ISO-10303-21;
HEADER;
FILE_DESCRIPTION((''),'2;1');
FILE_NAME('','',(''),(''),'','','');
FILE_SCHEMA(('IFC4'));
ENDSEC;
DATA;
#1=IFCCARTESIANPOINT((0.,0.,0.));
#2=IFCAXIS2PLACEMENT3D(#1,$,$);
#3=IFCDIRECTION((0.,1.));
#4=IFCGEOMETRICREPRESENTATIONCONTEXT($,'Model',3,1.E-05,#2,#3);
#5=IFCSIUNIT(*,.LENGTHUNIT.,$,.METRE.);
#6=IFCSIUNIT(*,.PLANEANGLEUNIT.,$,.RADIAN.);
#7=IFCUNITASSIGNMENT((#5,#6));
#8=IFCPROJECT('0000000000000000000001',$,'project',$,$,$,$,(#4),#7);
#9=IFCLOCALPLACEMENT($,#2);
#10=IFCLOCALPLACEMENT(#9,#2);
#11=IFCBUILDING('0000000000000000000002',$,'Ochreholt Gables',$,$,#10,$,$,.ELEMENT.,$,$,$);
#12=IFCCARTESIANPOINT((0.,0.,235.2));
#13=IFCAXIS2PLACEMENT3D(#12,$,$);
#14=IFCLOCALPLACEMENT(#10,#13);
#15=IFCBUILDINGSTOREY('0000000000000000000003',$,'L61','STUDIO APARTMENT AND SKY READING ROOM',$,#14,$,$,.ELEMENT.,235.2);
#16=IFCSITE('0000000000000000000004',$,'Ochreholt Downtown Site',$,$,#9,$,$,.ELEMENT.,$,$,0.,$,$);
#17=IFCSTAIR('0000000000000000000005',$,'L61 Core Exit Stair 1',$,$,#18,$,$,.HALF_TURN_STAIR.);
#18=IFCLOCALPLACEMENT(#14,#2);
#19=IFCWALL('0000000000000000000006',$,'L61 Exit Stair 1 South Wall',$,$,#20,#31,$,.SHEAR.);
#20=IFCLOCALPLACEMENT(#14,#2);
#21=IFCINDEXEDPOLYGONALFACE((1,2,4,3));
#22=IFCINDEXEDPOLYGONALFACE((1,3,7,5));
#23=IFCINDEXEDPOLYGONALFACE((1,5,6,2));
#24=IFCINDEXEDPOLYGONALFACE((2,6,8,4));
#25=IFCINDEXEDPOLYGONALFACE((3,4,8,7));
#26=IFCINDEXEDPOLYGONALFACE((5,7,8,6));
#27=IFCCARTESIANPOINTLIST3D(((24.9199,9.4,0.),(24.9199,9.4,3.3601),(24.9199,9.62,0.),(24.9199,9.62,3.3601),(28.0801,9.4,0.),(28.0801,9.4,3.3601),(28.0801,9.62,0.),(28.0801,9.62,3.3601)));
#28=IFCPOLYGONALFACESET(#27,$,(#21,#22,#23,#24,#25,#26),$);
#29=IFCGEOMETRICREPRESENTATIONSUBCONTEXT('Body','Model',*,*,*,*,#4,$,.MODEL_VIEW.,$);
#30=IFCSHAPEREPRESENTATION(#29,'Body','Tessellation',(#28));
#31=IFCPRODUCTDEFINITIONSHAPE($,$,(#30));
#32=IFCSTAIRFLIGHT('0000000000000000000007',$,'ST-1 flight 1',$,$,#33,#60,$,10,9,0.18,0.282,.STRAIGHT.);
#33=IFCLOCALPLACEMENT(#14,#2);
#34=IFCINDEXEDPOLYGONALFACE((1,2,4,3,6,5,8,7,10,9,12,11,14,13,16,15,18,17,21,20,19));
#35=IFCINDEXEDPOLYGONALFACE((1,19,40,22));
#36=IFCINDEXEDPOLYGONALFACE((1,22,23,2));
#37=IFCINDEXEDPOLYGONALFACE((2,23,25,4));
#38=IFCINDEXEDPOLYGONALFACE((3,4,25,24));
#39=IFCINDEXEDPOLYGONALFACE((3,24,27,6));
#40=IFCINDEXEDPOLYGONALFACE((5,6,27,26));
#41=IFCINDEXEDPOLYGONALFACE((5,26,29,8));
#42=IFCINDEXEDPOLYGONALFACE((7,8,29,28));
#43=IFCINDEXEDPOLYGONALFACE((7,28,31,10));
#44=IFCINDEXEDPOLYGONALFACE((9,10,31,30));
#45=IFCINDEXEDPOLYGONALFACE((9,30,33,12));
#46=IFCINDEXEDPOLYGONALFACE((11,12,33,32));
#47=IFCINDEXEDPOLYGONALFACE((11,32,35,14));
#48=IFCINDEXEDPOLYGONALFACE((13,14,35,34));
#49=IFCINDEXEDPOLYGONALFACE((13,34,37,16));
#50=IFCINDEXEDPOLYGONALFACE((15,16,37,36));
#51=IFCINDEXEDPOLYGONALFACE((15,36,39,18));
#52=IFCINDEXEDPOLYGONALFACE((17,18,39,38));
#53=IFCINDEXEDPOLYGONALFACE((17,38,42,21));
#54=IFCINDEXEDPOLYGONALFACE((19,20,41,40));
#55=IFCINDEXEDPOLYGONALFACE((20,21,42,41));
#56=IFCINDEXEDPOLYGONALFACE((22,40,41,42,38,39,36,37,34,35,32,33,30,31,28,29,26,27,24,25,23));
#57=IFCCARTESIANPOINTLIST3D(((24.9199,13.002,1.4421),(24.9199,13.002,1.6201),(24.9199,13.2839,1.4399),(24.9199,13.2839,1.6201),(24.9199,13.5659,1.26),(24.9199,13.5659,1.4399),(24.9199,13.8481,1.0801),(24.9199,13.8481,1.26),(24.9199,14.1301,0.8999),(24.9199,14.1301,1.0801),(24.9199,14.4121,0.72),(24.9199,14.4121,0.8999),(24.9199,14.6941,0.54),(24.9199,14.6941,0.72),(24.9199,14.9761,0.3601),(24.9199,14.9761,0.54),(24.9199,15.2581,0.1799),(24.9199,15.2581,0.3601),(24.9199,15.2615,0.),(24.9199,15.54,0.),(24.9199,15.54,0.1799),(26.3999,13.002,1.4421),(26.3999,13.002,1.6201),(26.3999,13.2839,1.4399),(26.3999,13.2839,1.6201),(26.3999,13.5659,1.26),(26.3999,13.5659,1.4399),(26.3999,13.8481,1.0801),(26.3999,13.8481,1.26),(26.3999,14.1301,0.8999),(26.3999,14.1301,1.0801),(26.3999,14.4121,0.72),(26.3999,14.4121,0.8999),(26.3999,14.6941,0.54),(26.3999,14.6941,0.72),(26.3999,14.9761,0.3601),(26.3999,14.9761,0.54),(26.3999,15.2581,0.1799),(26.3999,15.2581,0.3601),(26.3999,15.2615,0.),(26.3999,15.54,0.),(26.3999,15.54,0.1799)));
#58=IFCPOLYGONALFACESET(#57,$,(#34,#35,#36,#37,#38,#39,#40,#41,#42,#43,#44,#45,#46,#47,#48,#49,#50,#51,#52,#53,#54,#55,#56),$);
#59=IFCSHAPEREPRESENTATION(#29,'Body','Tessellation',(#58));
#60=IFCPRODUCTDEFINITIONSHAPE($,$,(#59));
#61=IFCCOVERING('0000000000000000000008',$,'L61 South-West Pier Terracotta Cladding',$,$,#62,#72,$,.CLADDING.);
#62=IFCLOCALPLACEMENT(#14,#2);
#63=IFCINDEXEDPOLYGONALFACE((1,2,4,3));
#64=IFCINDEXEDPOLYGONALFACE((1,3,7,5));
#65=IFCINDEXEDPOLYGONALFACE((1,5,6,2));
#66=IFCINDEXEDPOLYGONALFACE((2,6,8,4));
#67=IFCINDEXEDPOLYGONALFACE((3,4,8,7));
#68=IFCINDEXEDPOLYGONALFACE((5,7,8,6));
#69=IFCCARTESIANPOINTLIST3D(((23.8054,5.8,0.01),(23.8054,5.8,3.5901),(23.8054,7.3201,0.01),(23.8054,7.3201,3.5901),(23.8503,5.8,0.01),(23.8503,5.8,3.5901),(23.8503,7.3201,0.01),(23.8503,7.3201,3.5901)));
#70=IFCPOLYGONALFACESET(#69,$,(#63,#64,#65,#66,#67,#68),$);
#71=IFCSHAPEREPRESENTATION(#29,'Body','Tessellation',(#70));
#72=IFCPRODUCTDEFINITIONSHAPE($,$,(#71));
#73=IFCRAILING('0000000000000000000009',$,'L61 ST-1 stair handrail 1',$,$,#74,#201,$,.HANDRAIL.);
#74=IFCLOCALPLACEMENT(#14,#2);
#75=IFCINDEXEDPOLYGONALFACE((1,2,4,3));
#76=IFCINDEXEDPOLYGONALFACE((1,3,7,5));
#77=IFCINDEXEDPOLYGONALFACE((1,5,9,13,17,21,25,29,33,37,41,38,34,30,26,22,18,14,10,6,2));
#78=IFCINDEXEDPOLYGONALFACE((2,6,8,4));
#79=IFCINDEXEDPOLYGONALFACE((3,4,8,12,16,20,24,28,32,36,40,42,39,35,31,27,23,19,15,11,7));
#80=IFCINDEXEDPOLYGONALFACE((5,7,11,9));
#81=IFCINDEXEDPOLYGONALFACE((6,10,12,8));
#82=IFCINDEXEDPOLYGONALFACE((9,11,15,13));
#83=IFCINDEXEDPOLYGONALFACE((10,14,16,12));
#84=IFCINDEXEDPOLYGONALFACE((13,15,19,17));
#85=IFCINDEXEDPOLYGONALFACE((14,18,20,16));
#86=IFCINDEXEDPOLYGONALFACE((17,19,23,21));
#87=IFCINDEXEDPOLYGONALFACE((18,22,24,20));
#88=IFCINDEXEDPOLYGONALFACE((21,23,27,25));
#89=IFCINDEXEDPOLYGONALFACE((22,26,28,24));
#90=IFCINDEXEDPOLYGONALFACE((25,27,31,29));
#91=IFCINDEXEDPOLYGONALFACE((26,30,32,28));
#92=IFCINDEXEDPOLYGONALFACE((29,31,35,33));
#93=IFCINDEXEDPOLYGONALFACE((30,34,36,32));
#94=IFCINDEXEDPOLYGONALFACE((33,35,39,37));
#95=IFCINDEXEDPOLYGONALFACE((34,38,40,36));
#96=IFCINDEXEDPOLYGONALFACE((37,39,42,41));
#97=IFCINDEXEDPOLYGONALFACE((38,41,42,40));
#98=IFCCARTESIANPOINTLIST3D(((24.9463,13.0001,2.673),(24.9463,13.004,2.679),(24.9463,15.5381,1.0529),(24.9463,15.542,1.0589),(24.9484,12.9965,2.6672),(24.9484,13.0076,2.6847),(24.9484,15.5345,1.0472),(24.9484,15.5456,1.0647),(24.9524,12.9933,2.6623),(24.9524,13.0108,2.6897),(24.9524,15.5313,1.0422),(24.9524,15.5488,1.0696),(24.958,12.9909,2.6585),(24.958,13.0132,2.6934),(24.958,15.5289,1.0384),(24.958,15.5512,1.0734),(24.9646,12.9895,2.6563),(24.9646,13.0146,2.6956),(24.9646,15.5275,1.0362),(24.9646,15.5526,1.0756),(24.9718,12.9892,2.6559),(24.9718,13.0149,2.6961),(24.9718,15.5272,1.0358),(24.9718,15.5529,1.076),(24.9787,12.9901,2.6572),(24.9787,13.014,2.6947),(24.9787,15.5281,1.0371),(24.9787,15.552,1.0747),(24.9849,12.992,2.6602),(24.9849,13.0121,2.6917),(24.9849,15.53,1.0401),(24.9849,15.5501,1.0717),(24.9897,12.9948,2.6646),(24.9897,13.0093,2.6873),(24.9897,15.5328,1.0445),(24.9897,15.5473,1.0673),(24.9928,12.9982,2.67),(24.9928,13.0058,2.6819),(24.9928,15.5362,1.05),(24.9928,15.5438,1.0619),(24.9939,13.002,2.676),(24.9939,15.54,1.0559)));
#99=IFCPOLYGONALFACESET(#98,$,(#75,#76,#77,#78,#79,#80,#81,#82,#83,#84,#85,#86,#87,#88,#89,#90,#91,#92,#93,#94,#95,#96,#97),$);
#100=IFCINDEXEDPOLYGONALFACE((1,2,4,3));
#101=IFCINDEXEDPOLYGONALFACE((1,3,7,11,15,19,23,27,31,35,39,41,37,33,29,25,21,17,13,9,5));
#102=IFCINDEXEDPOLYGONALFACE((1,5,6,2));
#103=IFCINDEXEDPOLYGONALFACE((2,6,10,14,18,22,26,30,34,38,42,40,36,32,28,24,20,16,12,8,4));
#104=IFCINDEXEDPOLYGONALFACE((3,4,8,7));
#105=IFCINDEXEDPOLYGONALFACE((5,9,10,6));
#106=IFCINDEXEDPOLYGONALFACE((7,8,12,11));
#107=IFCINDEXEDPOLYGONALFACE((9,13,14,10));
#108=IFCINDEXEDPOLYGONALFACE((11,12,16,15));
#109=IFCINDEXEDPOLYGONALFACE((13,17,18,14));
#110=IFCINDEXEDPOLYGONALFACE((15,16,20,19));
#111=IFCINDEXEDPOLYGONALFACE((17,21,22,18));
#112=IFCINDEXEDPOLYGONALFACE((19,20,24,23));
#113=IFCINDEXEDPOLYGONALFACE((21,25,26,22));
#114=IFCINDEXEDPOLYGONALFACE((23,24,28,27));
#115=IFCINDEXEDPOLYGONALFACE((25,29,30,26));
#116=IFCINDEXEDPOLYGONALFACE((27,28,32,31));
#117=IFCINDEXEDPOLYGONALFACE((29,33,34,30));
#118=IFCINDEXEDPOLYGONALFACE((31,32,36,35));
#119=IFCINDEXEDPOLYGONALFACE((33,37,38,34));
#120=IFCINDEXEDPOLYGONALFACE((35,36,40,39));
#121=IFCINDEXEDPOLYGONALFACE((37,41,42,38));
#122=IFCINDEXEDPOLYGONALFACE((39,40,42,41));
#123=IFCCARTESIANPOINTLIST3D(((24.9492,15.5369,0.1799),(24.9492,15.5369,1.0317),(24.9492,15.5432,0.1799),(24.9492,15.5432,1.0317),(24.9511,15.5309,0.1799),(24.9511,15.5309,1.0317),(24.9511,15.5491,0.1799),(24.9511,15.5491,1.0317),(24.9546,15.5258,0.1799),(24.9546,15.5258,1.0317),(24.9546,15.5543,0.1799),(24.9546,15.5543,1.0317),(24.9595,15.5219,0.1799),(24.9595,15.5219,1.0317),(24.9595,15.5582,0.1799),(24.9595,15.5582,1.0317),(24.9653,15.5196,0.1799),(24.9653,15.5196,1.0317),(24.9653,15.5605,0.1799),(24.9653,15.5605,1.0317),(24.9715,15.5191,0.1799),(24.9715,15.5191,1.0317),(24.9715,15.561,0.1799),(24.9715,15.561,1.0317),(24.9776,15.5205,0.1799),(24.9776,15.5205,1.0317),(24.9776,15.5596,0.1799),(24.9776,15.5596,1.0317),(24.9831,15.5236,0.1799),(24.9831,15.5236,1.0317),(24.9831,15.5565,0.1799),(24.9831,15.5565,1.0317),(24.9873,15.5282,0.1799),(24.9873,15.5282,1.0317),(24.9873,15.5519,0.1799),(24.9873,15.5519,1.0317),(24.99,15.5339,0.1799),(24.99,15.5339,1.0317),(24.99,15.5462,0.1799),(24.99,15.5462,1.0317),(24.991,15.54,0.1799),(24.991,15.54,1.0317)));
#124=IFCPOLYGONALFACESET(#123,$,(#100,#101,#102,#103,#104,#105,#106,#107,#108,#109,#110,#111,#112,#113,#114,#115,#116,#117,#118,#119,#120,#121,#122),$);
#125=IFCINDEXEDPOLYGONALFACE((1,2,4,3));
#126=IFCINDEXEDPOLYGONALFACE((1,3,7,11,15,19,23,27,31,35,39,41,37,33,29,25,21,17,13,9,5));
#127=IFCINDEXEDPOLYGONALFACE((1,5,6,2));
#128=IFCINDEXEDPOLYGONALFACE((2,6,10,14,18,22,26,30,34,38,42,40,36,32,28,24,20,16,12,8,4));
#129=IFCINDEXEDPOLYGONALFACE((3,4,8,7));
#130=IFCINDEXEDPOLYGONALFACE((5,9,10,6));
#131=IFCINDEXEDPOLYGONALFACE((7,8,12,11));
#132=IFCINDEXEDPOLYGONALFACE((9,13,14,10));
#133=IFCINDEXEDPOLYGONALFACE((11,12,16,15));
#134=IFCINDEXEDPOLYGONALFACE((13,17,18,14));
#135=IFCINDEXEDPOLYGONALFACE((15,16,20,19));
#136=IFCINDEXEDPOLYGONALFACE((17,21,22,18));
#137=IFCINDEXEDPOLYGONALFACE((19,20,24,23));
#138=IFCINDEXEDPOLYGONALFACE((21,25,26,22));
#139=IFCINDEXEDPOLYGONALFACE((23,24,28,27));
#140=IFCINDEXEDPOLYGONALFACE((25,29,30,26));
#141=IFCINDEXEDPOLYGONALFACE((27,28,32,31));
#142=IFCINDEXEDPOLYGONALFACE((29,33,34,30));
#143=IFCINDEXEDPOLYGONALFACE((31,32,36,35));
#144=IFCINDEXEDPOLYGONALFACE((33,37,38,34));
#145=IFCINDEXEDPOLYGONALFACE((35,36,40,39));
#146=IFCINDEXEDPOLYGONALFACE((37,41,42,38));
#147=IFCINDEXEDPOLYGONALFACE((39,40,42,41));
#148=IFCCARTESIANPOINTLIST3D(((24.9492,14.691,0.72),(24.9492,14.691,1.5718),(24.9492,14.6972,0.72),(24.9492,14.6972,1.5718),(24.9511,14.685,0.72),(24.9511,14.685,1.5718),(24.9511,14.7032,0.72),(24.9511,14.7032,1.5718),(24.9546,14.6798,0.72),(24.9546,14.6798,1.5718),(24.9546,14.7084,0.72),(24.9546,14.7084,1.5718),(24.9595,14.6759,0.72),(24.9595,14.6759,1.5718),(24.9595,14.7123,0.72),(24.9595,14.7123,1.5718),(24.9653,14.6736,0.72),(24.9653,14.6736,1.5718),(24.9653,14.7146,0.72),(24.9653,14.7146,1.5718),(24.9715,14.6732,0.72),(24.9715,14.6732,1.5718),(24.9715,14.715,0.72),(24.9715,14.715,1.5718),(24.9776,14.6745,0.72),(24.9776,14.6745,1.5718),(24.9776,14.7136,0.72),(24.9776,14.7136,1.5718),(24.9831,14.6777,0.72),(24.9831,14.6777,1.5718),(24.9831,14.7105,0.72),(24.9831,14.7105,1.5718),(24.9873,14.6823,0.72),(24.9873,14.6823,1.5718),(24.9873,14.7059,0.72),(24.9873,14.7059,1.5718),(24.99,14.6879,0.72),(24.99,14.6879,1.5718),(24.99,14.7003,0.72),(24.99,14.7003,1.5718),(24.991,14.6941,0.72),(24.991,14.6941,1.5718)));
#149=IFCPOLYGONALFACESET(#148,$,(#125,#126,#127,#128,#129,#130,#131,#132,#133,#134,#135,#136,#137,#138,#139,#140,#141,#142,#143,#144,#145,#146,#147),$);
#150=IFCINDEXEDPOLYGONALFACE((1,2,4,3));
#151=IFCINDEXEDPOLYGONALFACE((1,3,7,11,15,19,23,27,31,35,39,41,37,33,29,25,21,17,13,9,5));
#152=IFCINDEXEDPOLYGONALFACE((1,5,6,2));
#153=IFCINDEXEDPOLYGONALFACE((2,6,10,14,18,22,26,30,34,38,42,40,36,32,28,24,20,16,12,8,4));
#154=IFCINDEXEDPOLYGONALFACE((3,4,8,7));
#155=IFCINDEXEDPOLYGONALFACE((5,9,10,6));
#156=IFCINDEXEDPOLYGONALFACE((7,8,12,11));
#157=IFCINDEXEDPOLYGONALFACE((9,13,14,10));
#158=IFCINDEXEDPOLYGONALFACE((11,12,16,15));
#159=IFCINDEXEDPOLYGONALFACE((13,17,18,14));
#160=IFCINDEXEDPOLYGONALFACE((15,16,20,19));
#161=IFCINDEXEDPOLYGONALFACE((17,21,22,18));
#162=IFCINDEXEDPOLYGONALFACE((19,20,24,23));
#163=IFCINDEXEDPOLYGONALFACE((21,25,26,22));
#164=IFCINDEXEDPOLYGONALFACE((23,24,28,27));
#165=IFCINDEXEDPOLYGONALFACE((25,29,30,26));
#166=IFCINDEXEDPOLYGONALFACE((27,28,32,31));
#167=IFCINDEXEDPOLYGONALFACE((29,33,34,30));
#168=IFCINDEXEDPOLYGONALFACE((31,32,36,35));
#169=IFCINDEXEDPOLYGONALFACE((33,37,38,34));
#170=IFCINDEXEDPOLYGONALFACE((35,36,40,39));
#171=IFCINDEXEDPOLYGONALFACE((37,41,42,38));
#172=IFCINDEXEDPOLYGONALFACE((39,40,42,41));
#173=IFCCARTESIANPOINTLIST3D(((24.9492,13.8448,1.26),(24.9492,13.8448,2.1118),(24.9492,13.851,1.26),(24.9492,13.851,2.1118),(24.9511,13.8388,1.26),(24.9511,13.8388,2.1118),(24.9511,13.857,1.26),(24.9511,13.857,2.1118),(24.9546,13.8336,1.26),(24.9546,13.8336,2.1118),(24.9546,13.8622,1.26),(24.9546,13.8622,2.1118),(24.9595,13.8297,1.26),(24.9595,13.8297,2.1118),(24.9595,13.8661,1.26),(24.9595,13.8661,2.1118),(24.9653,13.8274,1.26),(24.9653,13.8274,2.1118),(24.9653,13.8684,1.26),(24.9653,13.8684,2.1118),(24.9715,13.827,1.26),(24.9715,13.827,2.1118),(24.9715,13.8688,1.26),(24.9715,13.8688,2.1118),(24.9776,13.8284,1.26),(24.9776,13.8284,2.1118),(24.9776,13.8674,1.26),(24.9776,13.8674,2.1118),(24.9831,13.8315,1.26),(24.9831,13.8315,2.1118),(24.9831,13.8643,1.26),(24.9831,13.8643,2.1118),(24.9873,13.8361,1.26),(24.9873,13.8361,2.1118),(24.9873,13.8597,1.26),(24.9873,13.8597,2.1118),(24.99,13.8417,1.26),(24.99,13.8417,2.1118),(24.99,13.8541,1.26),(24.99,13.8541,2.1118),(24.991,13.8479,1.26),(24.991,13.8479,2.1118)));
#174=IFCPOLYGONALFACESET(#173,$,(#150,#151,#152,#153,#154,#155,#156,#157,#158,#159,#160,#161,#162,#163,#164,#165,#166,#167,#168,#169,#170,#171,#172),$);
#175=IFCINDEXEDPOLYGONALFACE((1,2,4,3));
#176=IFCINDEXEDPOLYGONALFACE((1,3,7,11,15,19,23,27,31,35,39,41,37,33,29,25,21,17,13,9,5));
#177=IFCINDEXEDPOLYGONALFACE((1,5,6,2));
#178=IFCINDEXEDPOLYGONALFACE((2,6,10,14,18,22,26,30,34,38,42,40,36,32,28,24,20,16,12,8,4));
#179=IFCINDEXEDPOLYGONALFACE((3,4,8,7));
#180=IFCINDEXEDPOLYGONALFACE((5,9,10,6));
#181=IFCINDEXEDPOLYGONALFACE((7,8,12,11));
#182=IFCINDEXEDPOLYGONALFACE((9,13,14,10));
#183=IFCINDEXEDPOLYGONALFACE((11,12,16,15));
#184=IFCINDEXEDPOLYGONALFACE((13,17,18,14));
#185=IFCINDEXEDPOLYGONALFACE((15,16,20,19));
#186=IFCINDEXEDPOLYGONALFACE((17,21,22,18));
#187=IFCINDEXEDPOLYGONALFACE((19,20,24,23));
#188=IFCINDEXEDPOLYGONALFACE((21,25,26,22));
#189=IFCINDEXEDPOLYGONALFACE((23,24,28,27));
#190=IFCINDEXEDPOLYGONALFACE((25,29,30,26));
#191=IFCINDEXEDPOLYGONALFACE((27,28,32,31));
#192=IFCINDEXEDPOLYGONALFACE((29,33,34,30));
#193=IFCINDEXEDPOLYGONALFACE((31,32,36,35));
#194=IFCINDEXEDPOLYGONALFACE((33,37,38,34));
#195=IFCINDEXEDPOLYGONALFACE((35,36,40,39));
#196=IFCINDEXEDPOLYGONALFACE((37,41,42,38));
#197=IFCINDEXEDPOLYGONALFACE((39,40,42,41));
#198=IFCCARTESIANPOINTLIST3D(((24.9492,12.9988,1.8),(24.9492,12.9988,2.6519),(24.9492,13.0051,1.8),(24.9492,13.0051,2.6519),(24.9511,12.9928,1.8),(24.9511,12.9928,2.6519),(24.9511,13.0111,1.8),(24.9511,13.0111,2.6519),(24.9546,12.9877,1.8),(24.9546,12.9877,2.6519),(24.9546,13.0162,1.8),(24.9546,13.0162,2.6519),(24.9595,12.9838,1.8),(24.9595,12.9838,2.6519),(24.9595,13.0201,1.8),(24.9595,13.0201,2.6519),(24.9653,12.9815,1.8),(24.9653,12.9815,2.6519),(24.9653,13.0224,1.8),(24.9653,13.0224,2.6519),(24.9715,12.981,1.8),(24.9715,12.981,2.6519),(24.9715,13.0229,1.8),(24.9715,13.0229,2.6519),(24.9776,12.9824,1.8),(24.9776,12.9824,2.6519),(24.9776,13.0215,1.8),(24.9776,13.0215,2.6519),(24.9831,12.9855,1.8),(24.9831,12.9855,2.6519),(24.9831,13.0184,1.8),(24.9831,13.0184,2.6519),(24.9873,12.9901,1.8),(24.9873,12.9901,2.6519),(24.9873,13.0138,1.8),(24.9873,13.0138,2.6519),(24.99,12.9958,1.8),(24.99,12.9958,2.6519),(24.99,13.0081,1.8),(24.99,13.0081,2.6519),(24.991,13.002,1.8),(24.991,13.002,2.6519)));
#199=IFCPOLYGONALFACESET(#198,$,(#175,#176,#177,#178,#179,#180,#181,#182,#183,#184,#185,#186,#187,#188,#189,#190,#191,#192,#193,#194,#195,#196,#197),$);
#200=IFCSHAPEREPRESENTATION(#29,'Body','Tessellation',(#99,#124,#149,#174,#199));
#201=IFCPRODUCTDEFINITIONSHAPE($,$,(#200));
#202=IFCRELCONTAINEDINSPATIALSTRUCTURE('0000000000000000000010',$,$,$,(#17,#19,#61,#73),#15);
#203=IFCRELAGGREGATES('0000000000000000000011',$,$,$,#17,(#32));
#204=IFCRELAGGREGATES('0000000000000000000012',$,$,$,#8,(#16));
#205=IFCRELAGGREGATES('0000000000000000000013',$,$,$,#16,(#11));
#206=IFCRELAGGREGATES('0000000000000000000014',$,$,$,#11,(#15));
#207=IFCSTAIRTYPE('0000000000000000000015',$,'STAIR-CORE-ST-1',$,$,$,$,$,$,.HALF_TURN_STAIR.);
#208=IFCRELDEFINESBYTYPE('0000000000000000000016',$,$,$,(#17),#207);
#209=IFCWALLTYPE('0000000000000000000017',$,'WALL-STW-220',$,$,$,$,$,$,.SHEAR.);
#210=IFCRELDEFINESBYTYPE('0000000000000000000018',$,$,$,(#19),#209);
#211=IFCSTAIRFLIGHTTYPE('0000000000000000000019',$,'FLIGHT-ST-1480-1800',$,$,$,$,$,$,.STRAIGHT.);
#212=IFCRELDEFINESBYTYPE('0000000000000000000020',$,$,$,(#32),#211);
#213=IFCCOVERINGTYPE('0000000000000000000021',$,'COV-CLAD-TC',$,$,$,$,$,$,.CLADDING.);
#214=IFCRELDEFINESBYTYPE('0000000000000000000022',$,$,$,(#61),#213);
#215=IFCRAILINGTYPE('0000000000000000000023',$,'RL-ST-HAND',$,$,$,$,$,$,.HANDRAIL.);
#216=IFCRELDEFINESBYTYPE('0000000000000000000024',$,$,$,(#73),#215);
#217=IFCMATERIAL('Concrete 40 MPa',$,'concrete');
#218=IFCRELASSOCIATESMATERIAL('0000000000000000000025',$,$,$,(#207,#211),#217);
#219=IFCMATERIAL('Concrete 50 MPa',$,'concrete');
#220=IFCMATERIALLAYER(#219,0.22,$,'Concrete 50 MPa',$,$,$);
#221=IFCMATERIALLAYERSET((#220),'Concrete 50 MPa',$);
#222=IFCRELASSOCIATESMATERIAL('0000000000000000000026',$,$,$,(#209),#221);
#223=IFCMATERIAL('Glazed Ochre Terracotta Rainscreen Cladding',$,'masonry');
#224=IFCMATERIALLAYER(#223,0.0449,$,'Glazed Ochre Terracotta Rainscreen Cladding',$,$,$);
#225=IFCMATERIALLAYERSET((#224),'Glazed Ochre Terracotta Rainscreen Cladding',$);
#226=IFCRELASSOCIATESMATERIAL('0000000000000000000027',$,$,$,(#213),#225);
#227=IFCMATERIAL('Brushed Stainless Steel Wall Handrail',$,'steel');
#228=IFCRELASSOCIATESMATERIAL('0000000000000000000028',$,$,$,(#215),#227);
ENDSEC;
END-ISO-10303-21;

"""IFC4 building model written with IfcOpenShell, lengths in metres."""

from ifc_helpers import new_model, si_unit, direction, frame, frame_2d, origin, origin_2d, place, context, subcontext, project, spatial, polyline, rectangle, circle, outline, extrude, material, layer, layer_set, type_object, element, aggregate, save


model = new_model("IFC4")

# Units and contexts
model_context = context("Model", 3, precision=1e-05, world=origin(), true_north=direction((0.0, 1.0)))
body_context = subcontext(model_context, "Body", "Model", "MODEL_VIEW")
ifc_project = project(units=[si_unit("LENGTHUNIT", "METRE"), si_unit("PLANEANGLEUNIT", "RADIAN")], contexts=[model_context])

# Site, building, storey
site_placement = place(None, origin())
site = spatial("IfcSite", under=ifc_project, at=site_placement, Name="Ochreholt Downtown Site", CompositionType="ELEMENT", RefElevation=0.0)
building_placement = place(site_placement, origin())
building = spatial("IfcBuilding", under=site, at=building_placement, Name="Ochreholt Gables", CompositionType="ELEMENT")
storey_placement = place(building_placement, frame((0.0, 0.0, 235.2)))
storey = spatial("IfcBuildingStorey", under=building, at=storey_placement, Name="L61", Description="STUDIO APARTMENT AND SKY READING ROOM", CompositionType="ELEMENT", Elevation=235.2)

# Shared definitions
ifc_material_1 = material(Name="Concrete 50 MPa", Category="concrete")

# Stair
ifc_material_2 = material(Name="Concrete 40 MPa", Category="concrete")
stair_type_1 = type_object("IfcStairType", Name="STAIR-CORE-ST-1", PredefinedType="HALF_TURN_STAIR", material=ifc_material_2)
stair_1_placement = place(storey_placement, origin())
stair_1 = element("IfcStair", 1, at=stair_1_placement, inside=storey, type_object=stair_type_1, Name="L61 Core Exit Stair 1", PredefinedType="HALF_TURN_STAIR")

# Wall
ifc_layer_1 = layer(ifc_material_1, 0.22, Name="Concrete 50 MPa")
ifc_layer_set_1 = layer_set([ifc_layer_1], Name="Concrete 50 MPa")
wall_type_1 = type_object("IfcWallType", Name="WALL-STW-220", PredefinedType="SHEAR", material=ifc_layer_set_1)
wall_1_placement = place(storey_placement, frame((24.9199, 9.51, 0.0), z_axis=(0.0, 0.0, 1.0), x_axis=(1.0, 0.0, 0.0)))
element("IfcWall", 2, at=wall_1_placement, inside=storey, type_object=wall_type_1, Name="L61 Exit Stair 1 South Wall", PredefinedType="SHEAR", context=body_context, shape_type="SweptSolid", body=[
    extrude(rectangle(XDim=3.1602, YDim=0.22, at=frame_2d((1.5801, 0.0))), origin(), (0.0, 0.0, 1.0), 3.3601),
])

# Stair flight
stair_flight_type = type_object("IfcStairFlightType", Name="FLIGHT-ST-1480-1800", PredefinedType="STRAIGHT", material=ifc_material_2)
stair_flight_placement = place(storey_placement, frame((25.6599, 15.54, 0.0), z_axis=(0.0, 0.0, 1.0), x_axis=(0.0, -1.0, 0.0)))
stair_flight = element("IfcStairFlight", 3, at=stair_flight_placement, type_object=stair_flight_type, Name="ST-1 flight 1", NumberOfRisers=10, NumberOfTreads=9, PredefinedType="STRAIGHT", RiserHeight=0.18, TreadLength=0.282, context=body_context, shape_type="SweptSolid", body=[
    extrude(outline(polyline([(0.0, 0.0), (0.0, 0.1799), (0.282, 0.1799), (0.282, 0.3601), (0.564, 0.3601), (0.564, 0.54), (0.8459, 0.54), (0.8459, 0.72), (1.1279, 0.72), (1.1279, 0.8999), (1.4099, 0.8999), (1.4099, 1.0801), (1.6919, 1.0801), (1.6919, 1.26), (1.9741, 1.26), (1.9741, 1.4399), (2.2561, 1.4399), (2.2561, 1.6201), (2.5381, 1.6201), (2.5381, 1.8), (2.5381, 1.4421), (0.2786, 0.0), (0.0, 0.0)])), frame((0.0, 0.74, 0.0), z_axis=(0.0, -1.0, 0.0), x_axis=(1.0, 0.0, 0.0)), (0.0, 0.0, 1.0), 1.48),
])
aggregate(stair_1, [stair_flight])

# Covering
ifc_material_3 = material(Name="Glazed Ochre Terracotta Rainscreen Cladding", Category="masonry")
ifc_layer_2 = layer(ifc_material_3, 0.0449, Name="Glazed Ochre Terracotta Rainscreen Cladding")
ifc_layer_set_2 = layer_set([ifc_layer_2], Name="Glazed Ochre Terracotta Rainscreen Cladding")
covering_type = type_object("IfcCoveringType", Name="COV-CLAD-TC", PredefinedType="CLADDING", material=ifc_layer_set_2)
covering_placement = place(storey_placement, frame((23.8279, 6.5601, 0.01), z_axis=(0.0, 0.0, 1.0), x_axis=(0.0, 1.0, 0.0)))
element("IfcCovering", 4, at=covering_placement, inside=storey, type_object=covering_type, Name="L61 South-West Pier Terracotta Cladding", PredefinedType="CLADDING", context=body_context, shape_type="SweptSolid", body=[
    extrude(rectangle(XDim=1.52, YDim=0.0449, at=origin_2d()), origin(), (0.0, 0.0, 1.0), 3.5801),
])

# Railing
ifc_material_4 = material(Name="Brushed Stainless Steel Wall Handrail", Category="steel")
railing_type = type_object("IfcRailingType", Name="RL-ST-HAND", PredefinedType="HANDRAIL", material=ifc_material_4)
railing_placement = place(storey_placement, frame((24.97, 15.54, 0.1799)))
element("IfcRailing", 5, at=railing_placement, inside=storey, type_object=railing_type, Name="L61 ST-1 stair handrail 1", PredefinedType="HANDRAIL", context=body_context, shape_type="SweptSolid", body=[
    extrude(circle(Radius=0.0239, at=origin_2d()), frame((0.0, 0.0, 0.876), z_axis=(0.0, -0.842913, 0.53805), x_axis=(1.0, 0.0, 0.0)), (0.0, 0.0, 1.0), 3.011),
    extrude(circle(Radius=0.021, at=origin_2d()), origin(), (0.0, 0.0, 1.0), 0.8518),
    extrude(circle(Radius=0.021, at=origin_2d()), frame((0.0, -0.8459, 0.54)), (0.0, 0.0, 1.0), 0.8518),
    extrude(circle(Radius=0.021, at=origin_2d()), frame((0.0, -1.6921, 1.0801)), (0.0, 0.0, 1.0), 0.8518),
    extrude(circle(Radius=0.021, at=origin_2d()), frame((0.0, -2.5381, 1.6201)), (0.0, 0.0, 1.0), 0.8518),
])

save(model, "model.ifc")
